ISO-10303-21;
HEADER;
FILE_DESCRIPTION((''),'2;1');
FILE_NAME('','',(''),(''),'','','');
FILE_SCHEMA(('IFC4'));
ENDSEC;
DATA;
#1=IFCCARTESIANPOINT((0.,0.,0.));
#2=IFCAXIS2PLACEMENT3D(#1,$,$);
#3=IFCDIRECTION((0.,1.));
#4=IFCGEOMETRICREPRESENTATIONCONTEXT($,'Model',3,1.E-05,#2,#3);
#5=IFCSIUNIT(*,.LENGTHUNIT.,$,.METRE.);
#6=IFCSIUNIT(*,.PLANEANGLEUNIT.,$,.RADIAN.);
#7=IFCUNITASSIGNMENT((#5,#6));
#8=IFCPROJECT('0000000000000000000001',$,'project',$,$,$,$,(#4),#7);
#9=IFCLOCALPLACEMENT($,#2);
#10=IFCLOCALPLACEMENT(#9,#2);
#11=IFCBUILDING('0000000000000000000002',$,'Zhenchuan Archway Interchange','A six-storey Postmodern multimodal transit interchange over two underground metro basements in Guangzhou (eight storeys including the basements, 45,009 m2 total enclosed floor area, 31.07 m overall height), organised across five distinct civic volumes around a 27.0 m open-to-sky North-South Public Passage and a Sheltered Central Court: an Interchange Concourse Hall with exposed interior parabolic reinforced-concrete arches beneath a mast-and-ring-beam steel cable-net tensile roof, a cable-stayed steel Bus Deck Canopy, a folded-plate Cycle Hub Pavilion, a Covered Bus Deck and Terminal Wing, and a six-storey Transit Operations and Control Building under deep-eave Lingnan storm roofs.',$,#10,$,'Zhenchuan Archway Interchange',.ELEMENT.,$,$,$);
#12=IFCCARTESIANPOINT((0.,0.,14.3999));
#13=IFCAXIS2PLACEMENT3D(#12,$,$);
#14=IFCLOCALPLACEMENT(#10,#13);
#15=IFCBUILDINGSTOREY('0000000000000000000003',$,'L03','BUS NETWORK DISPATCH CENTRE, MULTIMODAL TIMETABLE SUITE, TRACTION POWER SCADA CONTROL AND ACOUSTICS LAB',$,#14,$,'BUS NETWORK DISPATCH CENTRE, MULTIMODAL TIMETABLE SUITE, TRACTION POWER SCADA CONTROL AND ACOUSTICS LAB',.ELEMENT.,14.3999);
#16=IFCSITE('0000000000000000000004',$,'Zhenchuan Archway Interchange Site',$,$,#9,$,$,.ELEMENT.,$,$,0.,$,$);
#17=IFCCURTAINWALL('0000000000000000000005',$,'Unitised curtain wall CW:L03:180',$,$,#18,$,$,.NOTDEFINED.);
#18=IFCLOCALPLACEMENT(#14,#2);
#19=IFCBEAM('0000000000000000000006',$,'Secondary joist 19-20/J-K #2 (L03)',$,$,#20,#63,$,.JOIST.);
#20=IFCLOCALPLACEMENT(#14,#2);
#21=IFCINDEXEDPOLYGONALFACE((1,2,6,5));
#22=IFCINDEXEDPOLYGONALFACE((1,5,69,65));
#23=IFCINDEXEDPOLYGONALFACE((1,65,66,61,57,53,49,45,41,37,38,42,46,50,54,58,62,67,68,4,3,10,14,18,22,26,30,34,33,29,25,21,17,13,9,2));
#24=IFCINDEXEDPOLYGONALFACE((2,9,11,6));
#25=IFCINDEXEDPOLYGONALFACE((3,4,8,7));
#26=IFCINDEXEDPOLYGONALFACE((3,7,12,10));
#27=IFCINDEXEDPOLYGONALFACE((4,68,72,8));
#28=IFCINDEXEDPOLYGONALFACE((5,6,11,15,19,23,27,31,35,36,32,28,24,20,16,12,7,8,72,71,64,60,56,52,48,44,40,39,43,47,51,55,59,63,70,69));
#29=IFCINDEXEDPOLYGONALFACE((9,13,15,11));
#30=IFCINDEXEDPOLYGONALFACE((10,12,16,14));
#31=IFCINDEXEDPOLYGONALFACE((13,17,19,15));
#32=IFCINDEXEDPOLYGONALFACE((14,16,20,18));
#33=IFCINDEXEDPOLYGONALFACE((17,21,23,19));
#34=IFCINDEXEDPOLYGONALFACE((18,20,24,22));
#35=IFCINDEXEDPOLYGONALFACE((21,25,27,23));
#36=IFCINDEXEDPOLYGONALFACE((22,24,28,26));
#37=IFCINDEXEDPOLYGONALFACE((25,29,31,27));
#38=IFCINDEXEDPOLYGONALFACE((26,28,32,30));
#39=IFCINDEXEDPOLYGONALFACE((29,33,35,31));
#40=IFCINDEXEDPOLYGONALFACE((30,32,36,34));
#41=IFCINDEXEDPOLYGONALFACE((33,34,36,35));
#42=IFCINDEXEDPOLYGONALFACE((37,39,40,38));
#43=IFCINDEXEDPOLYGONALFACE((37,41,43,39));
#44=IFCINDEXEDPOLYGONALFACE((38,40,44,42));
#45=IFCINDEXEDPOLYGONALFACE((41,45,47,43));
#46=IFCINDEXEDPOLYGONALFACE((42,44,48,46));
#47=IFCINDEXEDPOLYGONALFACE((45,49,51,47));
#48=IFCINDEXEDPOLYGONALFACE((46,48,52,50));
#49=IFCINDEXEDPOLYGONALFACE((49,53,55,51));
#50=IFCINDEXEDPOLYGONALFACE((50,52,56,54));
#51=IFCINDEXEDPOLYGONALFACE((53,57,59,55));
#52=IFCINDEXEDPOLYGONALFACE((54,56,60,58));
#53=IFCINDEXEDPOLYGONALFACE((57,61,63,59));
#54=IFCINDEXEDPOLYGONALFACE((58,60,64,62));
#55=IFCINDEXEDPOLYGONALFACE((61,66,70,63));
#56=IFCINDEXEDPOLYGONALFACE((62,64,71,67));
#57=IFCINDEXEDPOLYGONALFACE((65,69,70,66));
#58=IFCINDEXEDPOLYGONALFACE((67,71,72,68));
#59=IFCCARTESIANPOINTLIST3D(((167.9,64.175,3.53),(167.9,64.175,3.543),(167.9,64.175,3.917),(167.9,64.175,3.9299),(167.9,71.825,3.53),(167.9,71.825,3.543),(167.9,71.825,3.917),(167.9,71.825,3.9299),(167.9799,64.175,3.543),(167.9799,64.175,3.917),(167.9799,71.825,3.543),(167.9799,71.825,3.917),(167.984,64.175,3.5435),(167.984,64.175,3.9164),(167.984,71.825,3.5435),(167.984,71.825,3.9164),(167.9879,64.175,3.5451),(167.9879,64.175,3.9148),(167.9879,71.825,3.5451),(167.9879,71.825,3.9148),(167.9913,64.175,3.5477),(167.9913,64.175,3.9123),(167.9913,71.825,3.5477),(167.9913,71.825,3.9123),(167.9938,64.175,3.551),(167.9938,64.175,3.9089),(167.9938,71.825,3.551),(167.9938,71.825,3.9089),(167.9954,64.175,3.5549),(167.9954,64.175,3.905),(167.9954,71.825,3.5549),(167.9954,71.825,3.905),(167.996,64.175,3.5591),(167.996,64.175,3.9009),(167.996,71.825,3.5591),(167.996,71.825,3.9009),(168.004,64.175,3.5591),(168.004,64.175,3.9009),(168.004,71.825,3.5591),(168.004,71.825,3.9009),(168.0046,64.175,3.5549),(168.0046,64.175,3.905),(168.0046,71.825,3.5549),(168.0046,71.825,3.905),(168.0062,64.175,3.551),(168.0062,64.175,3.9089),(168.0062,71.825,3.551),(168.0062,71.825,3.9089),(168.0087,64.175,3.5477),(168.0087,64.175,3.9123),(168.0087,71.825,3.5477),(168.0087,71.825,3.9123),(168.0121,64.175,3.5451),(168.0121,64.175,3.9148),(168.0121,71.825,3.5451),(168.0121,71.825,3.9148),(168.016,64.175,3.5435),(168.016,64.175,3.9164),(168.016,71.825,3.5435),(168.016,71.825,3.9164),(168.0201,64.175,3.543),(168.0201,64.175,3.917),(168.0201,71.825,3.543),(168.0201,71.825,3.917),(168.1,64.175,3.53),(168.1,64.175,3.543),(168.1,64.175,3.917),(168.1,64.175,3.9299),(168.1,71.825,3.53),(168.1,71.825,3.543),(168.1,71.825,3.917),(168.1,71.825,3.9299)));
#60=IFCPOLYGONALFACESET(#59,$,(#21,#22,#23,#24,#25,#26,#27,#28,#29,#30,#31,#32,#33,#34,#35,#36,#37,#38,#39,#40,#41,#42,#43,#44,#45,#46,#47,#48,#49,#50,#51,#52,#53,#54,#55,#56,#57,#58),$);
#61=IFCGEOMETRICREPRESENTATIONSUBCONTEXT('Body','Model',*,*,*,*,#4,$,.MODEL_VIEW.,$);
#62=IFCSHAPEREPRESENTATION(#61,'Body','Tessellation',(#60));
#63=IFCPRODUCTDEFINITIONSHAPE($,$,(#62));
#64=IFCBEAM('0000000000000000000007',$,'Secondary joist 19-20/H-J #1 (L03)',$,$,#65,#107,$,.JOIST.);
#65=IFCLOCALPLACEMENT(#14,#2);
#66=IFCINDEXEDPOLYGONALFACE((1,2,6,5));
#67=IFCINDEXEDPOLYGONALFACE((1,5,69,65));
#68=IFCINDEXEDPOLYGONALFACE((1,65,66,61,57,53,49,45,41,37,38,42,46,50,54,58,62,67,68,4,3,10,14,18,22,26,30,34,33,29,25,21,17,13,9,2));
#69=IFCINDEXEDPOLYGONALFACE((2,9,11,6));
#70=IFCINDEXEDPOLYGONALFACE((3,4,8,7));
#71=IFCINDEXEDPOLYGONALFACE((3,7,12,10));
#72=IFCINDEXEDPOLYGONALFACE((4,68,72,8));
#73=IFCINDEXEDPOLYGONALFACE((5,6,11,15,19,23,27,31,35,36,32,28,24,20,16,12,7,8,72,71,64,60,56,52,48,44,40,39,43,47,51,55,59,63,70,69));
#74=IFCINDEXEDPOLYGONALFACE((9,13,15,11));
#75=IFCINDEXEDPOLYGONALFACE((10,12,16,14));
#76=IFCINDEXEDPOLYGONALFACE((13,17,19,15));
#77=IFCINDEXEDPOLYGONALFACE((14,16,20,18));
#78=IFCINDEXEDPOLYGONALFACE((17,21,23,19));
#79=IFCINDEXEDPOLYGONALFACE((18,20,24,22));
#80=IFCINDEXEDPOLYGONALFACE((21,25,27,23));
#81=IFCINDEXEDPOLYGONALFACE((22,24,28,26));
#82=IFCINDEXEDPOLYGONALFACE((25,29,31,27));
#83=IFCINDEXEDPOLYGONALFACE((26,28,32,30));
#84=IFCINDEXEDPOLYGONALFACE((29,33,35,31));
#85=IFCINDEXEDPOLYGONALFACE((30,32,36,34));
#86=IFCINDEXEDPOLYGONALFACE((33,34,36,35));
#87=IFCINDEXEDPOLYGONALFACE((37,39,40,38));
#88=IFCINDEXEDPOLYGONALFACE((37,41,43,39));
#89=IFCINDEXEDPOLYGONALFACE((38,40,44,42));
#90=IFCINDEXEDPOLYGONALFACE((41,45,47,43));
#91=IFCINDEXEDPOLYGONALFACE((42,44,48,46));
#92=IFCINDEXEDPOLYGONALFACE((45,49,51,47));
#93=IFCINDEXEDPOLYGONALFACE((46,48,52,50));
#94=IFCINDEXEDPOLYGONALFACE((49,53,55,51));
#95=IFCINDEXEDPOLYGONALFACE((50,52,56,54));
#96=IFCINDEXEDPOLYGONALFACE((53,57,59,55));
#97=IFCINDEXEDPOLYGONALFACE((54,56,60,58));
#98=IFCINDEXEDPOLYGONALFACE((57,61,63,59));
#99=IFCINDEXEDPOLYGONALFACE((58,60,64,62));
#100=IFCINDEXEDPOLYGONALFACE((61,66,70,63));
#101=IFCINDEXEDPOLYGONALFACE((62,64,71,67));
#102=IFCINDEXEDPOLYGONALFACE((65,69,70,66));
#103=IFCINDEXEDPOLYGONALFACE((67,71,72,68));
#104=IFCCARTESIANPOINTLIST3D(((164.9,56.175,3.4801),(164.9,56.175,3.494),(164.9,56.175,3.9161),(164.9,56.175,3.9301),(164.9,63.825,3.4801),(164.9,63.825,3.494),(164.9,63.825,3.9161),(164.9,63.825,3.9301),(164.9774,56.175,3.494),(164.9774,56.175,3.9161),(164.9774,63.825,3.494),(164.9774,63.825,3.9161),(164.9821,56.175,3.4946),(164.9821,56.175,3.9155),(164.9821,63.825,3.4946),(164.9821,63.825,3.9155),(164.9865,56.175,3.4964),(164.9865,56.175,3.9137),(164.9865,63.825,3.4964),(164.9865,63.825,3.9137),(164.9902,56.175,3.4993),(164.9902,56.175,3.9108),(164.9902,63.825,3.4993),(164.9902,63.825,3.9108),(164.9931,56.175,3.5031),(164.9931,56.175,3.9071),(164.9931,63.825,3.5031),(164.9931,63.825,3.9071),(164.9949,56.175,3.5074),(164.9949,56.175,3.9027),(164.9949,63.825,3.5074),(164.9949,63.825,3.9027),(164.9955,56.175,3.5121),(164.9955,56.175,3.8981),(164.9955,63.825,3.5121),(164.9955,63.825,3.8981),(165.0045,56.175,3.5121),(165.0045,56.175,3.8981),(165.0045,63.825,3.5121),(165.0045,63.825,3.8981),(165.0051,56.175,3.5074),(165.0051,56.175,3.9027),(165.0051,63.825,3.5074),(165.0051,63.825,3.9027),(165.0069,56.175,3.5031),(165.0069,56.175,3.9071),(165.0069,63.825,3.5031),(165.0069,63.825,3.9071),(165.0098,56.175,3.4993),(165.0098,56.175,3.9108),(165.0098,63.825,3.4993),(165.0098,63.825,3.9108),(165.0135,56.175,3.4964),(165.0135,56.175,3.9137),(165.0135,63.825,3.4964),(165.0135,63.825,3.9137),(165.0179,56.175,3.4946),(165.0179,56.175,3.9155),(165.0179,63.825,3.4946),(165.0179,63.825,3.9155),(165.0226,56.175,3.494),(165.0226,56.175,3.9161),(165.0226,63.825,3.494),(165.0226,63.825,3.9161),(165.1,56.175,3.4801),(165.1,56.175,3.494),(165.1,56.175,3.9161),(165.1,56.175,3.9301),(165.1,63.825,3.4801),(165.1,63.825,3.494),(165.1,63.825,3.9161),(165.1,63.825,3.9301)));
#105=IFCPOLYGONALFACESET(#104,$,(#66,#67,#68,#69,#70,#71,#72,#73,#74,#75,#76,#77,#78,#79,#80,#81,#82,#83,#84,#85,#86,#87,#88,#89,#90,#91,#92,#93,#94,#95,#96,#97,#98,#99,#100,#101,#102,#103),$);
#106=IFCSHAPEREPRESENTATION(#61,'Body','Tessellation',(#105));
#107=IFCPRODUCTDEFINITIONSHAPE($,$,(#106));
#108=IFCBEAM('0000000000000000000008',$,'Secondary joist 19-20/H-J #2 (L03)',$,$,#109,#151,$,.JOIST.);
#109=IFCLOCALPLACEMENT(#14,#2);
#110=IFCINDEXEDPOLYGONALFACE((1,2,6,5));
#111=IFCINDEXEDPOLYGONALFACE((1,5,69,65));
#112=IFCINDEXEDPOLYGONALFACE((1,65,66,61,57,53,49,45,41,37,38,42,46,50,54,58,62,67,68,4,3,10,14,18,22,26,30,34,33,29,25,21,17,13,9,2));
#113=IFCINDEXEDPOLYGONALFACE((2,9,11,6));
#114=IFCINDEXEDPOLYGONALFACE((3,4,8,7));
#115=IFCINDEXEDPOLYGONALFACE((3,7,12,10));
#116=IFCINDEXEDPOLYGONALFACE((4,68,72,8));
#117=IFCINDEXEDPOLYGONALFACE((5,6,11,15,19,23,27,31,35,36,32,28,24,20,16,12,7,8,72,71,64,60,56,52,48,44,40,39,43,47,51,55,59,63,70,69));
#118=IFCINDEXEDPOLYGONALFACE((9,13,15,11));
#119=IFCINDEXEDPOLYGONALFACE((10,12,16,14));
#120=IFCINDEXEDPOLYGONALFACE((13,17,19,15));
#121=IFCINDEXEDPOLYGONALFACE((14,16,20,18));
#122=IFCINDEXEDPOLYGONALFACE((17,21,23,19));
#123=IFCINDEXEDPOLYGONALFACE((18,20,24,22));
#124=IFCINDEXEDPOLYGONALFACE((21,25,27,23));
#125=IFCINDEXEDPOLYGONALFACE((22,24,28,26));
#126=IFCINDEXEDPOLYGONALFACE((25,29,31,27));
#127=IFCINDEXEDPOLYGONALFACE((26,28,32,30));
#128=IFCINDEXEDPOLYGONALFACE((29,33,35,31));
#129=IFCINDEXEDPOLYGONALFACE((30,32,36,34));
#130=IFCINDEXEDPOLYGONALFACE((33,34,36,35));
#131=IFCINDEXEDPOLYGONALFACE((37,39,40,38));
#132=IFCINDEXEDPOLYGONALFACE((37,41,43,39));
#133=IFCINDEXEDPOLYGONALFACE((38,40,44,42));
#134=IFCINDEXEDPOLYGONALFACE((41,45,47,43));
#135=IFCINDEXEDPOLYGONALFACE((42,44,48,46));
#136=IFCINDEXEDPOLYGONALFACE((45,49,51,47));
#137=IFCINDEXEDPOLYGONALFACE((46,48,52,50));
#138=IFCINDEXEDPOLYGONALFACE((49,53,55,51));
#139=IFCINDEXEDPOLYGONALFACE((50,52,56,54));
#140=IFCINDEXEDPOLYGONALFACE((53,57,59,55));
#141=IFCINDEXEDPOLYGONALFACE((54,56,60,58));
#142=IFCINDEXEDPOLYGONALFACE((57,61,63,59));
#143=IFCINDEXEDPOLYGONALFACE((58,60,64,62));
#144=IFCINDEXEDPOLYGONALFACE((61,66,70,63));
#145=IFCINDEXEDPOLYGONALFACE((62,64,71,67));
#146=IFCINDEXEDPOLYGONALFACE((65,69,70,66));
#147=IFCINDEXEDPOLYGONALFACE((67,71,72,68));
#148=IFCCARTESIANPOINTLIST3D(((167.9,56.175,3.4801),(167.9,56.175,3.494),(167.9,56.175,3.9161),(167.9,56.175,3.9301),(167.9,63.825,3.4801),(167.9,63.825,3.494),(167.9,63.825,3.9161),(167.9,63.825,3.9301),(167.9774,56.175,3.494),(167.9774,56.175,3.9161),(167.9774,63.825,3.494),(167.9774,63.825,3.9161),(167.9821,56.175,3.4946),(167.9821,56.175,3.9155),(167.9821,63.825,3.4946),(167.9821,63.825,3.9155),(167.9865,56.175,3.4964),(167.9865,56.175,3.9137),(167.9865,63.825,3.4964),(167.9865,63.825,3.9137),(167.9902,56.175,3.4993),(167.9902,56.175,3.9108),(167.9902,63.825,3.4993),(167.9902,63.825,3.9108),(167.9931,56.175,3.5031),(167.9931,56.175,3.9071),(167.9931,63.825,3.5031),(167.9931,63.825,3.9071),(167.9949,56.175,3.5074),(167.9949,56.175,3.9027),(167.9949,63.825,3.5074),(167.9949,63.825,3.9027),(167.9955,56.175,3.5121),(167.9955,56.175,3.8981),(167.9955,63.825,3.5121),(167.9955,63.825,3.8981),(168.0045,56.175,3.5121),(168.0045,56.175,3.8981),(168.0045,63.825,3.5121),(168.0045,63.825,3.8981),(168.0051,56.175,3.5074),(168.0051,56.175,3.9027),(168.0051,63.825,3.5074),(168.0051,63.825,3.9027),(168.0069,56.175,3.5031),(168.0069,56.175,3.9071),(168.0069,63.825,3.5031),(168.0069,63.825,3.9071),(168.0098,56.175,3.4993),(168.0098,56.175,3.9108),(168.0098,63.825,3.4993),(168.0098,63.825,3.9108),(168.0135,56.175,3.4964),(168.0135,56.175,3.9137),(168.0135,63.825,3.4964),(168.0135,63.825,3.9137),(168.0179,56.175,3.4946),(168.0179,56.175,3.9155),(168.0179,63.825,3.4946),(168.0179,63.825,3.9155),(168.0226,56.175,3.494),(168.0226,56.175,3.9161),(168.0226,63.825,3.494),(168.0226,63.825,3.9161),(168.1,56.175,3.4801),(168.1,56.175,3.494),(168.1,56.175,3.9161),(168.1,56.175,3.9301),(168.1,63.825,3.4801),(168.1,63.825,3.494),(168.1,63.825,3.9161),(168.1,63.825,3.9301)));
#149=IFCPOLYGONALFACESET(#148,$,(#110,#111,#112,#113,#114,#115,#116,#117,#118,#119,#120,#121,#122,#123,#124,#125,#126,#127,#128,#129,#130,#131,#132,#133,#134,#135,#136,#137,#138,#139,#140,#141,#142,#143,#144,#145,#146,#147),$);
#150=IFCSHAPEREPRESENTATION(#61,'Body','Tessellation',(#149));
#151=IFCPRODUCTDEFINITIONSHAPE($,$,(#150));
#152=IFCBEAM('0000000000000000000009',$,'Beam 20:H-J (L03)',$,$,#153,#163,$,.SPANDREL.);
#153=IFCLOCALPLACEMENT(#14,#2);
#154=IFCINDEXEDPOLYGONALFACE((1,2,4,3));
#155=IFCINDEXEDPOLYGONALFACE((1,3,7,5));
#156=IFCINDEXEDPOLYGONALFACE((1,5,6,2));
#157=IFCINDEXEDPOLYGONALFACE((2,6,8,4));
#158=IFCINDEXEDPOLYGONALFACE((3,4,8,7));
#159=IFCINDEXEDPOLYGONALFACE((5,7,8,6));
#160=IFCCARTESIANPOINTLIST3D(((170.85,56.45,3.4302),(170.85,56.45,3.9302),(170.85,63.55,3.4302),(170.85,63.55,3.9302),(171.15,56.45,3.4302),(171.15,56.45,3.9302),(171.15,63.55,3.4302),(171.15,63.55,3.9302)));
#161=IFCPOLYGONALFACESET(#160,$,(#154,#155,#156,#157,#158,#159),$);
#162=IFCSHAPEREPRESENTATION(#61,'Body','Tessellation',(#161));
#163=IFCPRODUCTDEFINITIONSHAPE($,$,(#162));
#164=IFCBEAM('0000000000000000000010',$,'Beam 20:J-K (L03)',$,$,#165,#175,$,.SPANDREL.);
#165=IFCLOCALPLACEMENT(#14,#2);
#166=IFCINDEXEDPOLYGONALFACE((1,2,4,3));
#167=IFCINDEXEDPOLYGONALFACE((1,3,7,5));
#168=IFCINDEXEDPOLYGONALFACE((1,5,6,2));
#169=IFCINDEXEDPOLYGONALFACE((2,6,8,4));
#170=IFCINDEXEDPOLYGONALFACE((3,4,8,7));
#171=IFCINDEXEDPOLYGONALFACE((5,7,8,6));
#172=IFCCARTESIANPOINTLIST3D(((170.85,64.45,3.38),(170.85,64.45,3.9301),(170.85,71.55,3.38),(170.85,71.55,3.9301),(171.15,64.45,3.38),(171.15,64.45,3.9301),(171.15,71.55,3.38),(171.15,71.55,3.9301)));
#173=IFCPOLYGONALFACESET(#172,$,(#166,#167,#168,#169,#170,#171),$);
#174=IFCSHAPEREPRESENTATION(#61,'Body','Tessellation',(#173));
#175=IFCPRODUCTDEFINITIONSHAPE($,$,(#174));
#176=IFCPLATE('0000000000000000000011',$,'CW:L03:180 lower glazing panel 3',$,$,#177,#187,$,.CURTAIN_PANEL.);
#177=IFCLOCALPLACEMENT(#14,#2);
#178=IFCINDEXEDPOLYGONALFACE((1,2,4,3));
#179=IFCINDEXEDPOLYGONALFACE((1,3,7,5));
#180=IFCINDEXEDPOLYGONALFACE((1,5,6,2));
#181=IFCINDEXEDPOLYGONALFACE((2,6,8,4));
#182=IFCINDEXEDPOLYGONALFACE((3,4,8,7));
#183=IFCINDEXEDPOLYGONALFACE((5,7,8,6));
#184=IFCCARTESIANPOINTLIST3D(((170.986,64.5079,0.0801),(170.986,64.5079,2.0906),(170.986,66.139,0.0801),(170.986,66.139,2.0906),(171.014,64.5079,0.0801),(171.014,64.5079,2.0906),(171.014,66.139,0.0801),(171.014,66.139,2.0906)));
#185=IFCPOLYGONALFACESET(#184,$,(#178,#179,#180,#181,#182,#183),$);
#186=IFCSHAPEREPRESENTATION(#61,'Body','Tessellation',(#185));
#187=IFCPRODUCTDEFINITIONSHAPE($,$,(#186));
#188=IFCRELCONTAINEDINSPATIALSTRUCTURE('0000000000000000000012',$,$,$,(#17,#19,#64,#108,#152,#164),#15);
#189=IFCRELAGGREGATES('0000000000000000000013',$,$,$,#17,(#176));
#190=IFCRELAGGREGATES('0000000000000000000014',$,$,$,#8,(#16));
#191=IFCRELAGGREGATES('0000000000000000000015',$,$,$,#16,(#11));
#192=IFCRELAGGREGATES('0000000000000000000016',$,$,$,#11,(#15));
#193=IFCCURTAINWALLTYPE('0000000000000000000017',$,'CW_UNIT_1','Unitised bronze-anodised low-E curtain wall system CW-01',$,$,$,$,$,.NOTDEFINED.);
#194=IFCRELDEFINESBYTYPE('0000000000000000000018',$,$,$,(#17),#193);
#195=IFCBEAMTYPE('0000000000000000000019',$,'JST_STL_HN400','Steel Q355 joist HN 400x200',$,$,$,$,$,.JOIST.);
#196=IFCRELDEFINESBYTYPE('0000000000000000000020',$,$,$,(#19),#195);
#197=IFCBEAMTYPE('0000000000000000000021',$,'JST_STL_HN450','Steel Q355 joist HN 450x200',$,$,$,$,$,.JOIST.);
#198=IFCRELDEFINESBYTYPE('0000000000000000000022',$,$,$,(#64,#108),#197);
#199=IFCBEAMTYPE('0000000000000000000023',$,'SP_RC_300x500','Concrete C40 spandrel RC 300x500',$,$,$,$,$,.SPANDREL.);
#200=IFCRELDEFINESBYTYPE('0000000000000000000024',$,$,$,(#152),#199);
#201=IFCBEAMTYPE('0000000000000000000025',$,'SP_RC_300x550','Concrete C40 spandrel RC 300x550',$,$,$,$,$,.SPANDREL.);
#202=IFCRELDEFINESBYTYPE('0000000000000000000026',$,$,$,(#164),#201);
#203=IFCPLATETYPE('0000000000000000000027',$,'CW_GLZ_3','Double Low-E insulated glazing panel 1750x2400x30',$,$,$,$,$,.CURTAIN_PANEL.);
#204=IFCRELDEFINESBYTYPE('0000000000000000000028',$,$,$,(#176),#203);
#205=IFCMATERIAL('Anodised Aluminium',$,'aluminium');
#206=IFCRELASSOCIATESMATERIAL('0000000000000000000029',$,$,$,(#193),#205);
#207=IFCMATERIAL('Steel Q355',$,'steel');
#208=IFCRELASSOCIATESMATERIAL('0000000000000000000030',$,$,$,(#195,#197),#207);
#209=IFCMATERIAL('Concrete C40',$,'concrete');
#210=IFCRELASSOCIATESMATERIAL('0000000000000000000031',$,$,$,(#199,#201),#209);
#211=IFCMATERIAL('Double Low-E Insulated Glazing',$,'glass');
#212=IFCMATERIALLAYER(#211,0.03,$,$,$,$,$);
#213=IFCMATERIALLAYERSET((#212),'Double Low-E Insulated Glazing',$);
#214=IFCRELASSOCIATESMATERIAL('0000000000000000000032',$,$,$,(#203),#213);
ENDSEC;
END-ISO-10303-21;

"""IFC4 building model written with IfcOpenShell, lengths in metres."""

from ifc_helpers import new_model, si_unit, direction, frame, origin, origin_2d, place, context, subcontext, project, spatial, rectangle, i_section, extrude, material, layer, layer_set, material_profile, profile_set, type_object, element, aggregate, save


model = new_model("IFC4")

# Units and contexts
model_context = context("Model", 3, precision=1e-05, world=origin(), true_north=direction((0.0, 1.0)))
body_context = subcontext(model_context, "Body", "Model", "MODEL_VIEW")
ifc_project = project(units=[si_unit("LENGTHUNIT", "METRE"), si_unit("PLANEANGLEUNIT", "RADIAN")], contexts=[model_context])

# Site, building, storey
site_placement = place(None, origin())
site = spatial("IfcSite", under=ifc_project, at=site_placement, Name="Zhenchuan Archway Interchange Site", CompositionType="ELEMENT", RefElevation=0.0)
building_placement = place(site_placement, origin())
building = spatial("IfcBuilding", under=site, at=building_placement, Name="Zhenchuan Archway Interchange", Description="A six-storey Postmodern multimodal transit interchange over two underground metro basements in Guangzhou (eight storeys including the basements, 45,009 m2 total enclosed floor area, 31.07 m overall height), organised across five distinct civic volumes around a 27.0 m open-to-sky North-South Public Passage and a Sheltered Central Court: an Interchange Concourse Hall with exposed interior parabolic reinforced-concrete arches beneath a mast-and-ring-beam steel cable-net tensile roof, a cable-stayed steel Bus Deck Canopy, a folded-plate Cycle Hub Pavilion, a Covered Bus Deck and Terminal Wing, and a six-storey Transit Operations and Control Building under deep-eave Lingnan storm roofs.", LongName="Zhenchuan Archway Interchange", CompositionType="ELEMENT")
storey_placement = place(building_placement, frame((0.0, 0.0, 14.3999)))
storey = spatial("IfcBuildingStorey", under=building, at=storey_placement, Name="L03", Description="BUS NETWORK DISPATCH CENTRE, MULTIMODAL TIMETABLE SUITE, TRACTION POWER SCADA CONTROL AND ACOUSTICS LAB", LongName="BUS NETWORK DISPATCH CENTRE, MULTIMODAL TIMETABLE SUITE, TRACTION POWER SCADA CONTROL AND ACOUSTICS LAB", CompositionType="ELEMENT", Elevation=14.3999)

# Shared definitions
ifc_material_1 = material(Name="Concrete C40", Category="concrete")

# Curtain wall
ifc_material_2 = material(Name="Anodised Aluminium", Category="aluminium")
curtain_wall_type = type_object("IfcCurtainWallType", Name="CW_UNIT_1", Description="Unitised bronze-anodised low-E curtain wall system CW-01", PredefinedType="NOTDEFINED", material=ifc_material_2)
curtain_wall_placement = place(storey_placement, origin())
curtain_wall = element("IfcCurtainWall", 1, at=curtain_wall_placement, inside=storey, type_object=curtain_wall_type, Name="Unitised curtain wall CW:L03:180", PredefinedType="NOTDEFINED")

# Beams
ifc_material_3 = material(Name="Steel Q355", Category="steel")
ifc_material_profile_1 = material_profile(ifc_material_3, i_section(OverallWidth=0.2, OverallDepth=0.3999, WebThickness=0.0081, FlangeThickness=0.0129, FilletRadius=0.0161, at=origin_2d()), Name="HN 400x200")
ifc_profile_set_1 = profile_set([ifc_material_profile_1], Name="Steel Q355")
beam_type_1 = type_object("IfcBeamType", Name="JST_STL_HN400", Description="Steel Q355 joist HN 400x200", PredefinedType="JOIST", material=ifc_profile_set_1)
for number, where, z_axis, x_axis, name in (
    (2, (168.0, 64.175, 3.73), (0.0, 1.0, 0.0), (-1.0, 0.0, 0.0), "Secondary joist 19-20/J-K #2 (L03)"),
):
    element("IfcBeam", number, at=place(storey_placement, frame(where, z_axis=z_axis, x_axis=x_axis)), inside=storey, type_object=beam_type_1, Name=name, PredefinedType="JOIST", context=body_context, shape_type="SweptSolid", body=[
        extrude(i_section(OverallWidth=0.2, OverallDepth=0.3999, WebThickness=0.0081, FlangeThickness=0.0129, FilletRadius=0.0161, at=origin_2d()), origin(), (0.0, 0.0, 1.0), 7.6499),
    ])
ifc_material_profile_2 = material_profile(ifc_material_3, i_section(OverallWidth=0.2, OverallDepth=0.45, WebThickness=0.009, FlangeThickness=0.0139, FilletRadius=0.0181, at=origin_2d()), Name="HN 450x200")
ifc_profile_set_2 = profile_set([ifc_material_profile_2], Name="Steel Q355")
beam_type_2 = type_object("IfcBeamType", Name="JST_STL_HN450", Description="Steel Q355 joist HN 450x200", PredefinedType="JOIST", material=ifc_profile_set_2)
for number, where, z_axis, x_axis, name in (
    (3, (165.0, 56.175, 3.7051), (0.0, 1.0, 0.0), (-1.0, 0.0, 0.0), "Secondary joist 19-20/H-J #1 (L03)"),
    (4, (168.0, 56.175, 3.7051), (0.0, 1.0, 0.0), (-1.0, 0.0, 0.0), "Secondary joist 19-20/H-J #2 (L03)"),
):
    element("IfcBeam", number, at=place(storey_placement, frame(where, z_axis=z_axis, x_axis=x_axis)), inside=storey, type_object=beam_type_2, Name=name, PredefinedType="JOIST", context=body_context, shape_type="SweptSolid", body=[
        extrude(i_section(OverallWidth=0.2, OverallDepth=0.45, WebThickness=0.009, FlangeThickness=0.0139, FilletRadius=0.0181, at=origin_2d()), origin(), (0.0, 0.0, 1.0), 7.6499),
    ])
ifc_material_profile_3 = material_profile(ifc_material_1, rectangle(XDim=0.3, YDim=0.5, at=origin_2d()), Name="RC 300x500")
ifc_profile_set_3 = profile_set([ifc_material_profile_3], Name="Concrete C40")
beam_type_3 = type_object("IfcBeamType", Name="SP_RC_300x500", Description="Concrete C40 spandrel RC 300x500", PredefinedType="SPANDREL", material=ifc_profile_set_3)
beam_1_placement = place(storey_placement, frame((171.0, 56.45, 3.6802), z_axis=(0.0, 1.0, 0.0), x_axis=(-1.0, 0.0, 0.0)))
element("IfcBeam", 5, at=beam_1_placement, inside=storey, type_object=beam_type_3, Name="Beam 20:H-J (L03)", PredefinedType="SPANDREL", context=body_context, shape_type="SweptSolid", body=[
    extrude(rectangle(XDim=0.3, YDim=0.5, at=origin_2d()), origin(), (0.0, 0.0, 1.0), 7.1001),
])
ifc_material_profile_4 = material_profile(ifc_material_1, rectangle(XDim=0.3, YDim=0.55, at=origin_2d()), Name="RC 300x550")
ifc_profile_set_4 = profile_set([ifc_material_profile_4], Name="Concrete C40")
beam_type_4 = type_object("IfcBeamType", Name="SP_RC_300x550", Description="Concrete C40 spandrel RC 300x550", PredefinedType="SPANDREL", material=ifc_profile_set_4)
beam_2_placement = place(storey_placement, frame((171.0, 64.45, 3.655), z_axis=(0.0, 1.0, 0.0), x_axis=(-1.0, 0.0, 0.0)))
element("IfcBeam", 6, at=beam_2_placement, inside=storey, type_object=beam_type_4, Name="Beam 20:J-K (L03)", PredefinedType="SPANDREL", context=body_context, shape_type="SweptSolid", body=[
    extrude(rectangle(XDim=0.3, YDim=0.55, at=origin_2d()), origin(), (0.0, 0.0, 1.0), 7.1001),
])

# Plate
ifc_material_4 = material(Name="Double Low-E Insulated Glazing", Category="glass")
ifc_layer_1 = layer(ifc_material_4, 0.03)
ifc_layer_set_1 = layer_set([ifc_layer_1], Name="Double Low-E Insulated Glazing")
plate_type_1 = type_object("IfcPlateType", Name="CW_GLZ_3", Description="Double Low-E insulated glazing panel 1750x2400x30", PredefinedType="CURTAIN_PANEL", material=ifc_layer_set_1)
plate_1_placement = place(storey_placement, frame((171.0, 65.3235, 0.0801), z_axis=(0.0, 0.0, 1.0), x_axis=(0.0, -1.0, 0.0)))
plate_1 = element("IfcPlate", 7, at=plate_1_placement, type_object=plate_type_1, Name="CW:L03:180 lower glazing panel 3", PredefinedType="CURTAIN_PANEL", context=body_context, shape_type="SweptSolid", body=[
    extrude(rectangle(XDim=1.6311, YDim=0.0281, at=origin_2d()), origin(), (0.0, 0.0, 1.0), 2.0105),
])
aggregate(curtain_wall, [plate_1])

save(model, "model.ifc")
